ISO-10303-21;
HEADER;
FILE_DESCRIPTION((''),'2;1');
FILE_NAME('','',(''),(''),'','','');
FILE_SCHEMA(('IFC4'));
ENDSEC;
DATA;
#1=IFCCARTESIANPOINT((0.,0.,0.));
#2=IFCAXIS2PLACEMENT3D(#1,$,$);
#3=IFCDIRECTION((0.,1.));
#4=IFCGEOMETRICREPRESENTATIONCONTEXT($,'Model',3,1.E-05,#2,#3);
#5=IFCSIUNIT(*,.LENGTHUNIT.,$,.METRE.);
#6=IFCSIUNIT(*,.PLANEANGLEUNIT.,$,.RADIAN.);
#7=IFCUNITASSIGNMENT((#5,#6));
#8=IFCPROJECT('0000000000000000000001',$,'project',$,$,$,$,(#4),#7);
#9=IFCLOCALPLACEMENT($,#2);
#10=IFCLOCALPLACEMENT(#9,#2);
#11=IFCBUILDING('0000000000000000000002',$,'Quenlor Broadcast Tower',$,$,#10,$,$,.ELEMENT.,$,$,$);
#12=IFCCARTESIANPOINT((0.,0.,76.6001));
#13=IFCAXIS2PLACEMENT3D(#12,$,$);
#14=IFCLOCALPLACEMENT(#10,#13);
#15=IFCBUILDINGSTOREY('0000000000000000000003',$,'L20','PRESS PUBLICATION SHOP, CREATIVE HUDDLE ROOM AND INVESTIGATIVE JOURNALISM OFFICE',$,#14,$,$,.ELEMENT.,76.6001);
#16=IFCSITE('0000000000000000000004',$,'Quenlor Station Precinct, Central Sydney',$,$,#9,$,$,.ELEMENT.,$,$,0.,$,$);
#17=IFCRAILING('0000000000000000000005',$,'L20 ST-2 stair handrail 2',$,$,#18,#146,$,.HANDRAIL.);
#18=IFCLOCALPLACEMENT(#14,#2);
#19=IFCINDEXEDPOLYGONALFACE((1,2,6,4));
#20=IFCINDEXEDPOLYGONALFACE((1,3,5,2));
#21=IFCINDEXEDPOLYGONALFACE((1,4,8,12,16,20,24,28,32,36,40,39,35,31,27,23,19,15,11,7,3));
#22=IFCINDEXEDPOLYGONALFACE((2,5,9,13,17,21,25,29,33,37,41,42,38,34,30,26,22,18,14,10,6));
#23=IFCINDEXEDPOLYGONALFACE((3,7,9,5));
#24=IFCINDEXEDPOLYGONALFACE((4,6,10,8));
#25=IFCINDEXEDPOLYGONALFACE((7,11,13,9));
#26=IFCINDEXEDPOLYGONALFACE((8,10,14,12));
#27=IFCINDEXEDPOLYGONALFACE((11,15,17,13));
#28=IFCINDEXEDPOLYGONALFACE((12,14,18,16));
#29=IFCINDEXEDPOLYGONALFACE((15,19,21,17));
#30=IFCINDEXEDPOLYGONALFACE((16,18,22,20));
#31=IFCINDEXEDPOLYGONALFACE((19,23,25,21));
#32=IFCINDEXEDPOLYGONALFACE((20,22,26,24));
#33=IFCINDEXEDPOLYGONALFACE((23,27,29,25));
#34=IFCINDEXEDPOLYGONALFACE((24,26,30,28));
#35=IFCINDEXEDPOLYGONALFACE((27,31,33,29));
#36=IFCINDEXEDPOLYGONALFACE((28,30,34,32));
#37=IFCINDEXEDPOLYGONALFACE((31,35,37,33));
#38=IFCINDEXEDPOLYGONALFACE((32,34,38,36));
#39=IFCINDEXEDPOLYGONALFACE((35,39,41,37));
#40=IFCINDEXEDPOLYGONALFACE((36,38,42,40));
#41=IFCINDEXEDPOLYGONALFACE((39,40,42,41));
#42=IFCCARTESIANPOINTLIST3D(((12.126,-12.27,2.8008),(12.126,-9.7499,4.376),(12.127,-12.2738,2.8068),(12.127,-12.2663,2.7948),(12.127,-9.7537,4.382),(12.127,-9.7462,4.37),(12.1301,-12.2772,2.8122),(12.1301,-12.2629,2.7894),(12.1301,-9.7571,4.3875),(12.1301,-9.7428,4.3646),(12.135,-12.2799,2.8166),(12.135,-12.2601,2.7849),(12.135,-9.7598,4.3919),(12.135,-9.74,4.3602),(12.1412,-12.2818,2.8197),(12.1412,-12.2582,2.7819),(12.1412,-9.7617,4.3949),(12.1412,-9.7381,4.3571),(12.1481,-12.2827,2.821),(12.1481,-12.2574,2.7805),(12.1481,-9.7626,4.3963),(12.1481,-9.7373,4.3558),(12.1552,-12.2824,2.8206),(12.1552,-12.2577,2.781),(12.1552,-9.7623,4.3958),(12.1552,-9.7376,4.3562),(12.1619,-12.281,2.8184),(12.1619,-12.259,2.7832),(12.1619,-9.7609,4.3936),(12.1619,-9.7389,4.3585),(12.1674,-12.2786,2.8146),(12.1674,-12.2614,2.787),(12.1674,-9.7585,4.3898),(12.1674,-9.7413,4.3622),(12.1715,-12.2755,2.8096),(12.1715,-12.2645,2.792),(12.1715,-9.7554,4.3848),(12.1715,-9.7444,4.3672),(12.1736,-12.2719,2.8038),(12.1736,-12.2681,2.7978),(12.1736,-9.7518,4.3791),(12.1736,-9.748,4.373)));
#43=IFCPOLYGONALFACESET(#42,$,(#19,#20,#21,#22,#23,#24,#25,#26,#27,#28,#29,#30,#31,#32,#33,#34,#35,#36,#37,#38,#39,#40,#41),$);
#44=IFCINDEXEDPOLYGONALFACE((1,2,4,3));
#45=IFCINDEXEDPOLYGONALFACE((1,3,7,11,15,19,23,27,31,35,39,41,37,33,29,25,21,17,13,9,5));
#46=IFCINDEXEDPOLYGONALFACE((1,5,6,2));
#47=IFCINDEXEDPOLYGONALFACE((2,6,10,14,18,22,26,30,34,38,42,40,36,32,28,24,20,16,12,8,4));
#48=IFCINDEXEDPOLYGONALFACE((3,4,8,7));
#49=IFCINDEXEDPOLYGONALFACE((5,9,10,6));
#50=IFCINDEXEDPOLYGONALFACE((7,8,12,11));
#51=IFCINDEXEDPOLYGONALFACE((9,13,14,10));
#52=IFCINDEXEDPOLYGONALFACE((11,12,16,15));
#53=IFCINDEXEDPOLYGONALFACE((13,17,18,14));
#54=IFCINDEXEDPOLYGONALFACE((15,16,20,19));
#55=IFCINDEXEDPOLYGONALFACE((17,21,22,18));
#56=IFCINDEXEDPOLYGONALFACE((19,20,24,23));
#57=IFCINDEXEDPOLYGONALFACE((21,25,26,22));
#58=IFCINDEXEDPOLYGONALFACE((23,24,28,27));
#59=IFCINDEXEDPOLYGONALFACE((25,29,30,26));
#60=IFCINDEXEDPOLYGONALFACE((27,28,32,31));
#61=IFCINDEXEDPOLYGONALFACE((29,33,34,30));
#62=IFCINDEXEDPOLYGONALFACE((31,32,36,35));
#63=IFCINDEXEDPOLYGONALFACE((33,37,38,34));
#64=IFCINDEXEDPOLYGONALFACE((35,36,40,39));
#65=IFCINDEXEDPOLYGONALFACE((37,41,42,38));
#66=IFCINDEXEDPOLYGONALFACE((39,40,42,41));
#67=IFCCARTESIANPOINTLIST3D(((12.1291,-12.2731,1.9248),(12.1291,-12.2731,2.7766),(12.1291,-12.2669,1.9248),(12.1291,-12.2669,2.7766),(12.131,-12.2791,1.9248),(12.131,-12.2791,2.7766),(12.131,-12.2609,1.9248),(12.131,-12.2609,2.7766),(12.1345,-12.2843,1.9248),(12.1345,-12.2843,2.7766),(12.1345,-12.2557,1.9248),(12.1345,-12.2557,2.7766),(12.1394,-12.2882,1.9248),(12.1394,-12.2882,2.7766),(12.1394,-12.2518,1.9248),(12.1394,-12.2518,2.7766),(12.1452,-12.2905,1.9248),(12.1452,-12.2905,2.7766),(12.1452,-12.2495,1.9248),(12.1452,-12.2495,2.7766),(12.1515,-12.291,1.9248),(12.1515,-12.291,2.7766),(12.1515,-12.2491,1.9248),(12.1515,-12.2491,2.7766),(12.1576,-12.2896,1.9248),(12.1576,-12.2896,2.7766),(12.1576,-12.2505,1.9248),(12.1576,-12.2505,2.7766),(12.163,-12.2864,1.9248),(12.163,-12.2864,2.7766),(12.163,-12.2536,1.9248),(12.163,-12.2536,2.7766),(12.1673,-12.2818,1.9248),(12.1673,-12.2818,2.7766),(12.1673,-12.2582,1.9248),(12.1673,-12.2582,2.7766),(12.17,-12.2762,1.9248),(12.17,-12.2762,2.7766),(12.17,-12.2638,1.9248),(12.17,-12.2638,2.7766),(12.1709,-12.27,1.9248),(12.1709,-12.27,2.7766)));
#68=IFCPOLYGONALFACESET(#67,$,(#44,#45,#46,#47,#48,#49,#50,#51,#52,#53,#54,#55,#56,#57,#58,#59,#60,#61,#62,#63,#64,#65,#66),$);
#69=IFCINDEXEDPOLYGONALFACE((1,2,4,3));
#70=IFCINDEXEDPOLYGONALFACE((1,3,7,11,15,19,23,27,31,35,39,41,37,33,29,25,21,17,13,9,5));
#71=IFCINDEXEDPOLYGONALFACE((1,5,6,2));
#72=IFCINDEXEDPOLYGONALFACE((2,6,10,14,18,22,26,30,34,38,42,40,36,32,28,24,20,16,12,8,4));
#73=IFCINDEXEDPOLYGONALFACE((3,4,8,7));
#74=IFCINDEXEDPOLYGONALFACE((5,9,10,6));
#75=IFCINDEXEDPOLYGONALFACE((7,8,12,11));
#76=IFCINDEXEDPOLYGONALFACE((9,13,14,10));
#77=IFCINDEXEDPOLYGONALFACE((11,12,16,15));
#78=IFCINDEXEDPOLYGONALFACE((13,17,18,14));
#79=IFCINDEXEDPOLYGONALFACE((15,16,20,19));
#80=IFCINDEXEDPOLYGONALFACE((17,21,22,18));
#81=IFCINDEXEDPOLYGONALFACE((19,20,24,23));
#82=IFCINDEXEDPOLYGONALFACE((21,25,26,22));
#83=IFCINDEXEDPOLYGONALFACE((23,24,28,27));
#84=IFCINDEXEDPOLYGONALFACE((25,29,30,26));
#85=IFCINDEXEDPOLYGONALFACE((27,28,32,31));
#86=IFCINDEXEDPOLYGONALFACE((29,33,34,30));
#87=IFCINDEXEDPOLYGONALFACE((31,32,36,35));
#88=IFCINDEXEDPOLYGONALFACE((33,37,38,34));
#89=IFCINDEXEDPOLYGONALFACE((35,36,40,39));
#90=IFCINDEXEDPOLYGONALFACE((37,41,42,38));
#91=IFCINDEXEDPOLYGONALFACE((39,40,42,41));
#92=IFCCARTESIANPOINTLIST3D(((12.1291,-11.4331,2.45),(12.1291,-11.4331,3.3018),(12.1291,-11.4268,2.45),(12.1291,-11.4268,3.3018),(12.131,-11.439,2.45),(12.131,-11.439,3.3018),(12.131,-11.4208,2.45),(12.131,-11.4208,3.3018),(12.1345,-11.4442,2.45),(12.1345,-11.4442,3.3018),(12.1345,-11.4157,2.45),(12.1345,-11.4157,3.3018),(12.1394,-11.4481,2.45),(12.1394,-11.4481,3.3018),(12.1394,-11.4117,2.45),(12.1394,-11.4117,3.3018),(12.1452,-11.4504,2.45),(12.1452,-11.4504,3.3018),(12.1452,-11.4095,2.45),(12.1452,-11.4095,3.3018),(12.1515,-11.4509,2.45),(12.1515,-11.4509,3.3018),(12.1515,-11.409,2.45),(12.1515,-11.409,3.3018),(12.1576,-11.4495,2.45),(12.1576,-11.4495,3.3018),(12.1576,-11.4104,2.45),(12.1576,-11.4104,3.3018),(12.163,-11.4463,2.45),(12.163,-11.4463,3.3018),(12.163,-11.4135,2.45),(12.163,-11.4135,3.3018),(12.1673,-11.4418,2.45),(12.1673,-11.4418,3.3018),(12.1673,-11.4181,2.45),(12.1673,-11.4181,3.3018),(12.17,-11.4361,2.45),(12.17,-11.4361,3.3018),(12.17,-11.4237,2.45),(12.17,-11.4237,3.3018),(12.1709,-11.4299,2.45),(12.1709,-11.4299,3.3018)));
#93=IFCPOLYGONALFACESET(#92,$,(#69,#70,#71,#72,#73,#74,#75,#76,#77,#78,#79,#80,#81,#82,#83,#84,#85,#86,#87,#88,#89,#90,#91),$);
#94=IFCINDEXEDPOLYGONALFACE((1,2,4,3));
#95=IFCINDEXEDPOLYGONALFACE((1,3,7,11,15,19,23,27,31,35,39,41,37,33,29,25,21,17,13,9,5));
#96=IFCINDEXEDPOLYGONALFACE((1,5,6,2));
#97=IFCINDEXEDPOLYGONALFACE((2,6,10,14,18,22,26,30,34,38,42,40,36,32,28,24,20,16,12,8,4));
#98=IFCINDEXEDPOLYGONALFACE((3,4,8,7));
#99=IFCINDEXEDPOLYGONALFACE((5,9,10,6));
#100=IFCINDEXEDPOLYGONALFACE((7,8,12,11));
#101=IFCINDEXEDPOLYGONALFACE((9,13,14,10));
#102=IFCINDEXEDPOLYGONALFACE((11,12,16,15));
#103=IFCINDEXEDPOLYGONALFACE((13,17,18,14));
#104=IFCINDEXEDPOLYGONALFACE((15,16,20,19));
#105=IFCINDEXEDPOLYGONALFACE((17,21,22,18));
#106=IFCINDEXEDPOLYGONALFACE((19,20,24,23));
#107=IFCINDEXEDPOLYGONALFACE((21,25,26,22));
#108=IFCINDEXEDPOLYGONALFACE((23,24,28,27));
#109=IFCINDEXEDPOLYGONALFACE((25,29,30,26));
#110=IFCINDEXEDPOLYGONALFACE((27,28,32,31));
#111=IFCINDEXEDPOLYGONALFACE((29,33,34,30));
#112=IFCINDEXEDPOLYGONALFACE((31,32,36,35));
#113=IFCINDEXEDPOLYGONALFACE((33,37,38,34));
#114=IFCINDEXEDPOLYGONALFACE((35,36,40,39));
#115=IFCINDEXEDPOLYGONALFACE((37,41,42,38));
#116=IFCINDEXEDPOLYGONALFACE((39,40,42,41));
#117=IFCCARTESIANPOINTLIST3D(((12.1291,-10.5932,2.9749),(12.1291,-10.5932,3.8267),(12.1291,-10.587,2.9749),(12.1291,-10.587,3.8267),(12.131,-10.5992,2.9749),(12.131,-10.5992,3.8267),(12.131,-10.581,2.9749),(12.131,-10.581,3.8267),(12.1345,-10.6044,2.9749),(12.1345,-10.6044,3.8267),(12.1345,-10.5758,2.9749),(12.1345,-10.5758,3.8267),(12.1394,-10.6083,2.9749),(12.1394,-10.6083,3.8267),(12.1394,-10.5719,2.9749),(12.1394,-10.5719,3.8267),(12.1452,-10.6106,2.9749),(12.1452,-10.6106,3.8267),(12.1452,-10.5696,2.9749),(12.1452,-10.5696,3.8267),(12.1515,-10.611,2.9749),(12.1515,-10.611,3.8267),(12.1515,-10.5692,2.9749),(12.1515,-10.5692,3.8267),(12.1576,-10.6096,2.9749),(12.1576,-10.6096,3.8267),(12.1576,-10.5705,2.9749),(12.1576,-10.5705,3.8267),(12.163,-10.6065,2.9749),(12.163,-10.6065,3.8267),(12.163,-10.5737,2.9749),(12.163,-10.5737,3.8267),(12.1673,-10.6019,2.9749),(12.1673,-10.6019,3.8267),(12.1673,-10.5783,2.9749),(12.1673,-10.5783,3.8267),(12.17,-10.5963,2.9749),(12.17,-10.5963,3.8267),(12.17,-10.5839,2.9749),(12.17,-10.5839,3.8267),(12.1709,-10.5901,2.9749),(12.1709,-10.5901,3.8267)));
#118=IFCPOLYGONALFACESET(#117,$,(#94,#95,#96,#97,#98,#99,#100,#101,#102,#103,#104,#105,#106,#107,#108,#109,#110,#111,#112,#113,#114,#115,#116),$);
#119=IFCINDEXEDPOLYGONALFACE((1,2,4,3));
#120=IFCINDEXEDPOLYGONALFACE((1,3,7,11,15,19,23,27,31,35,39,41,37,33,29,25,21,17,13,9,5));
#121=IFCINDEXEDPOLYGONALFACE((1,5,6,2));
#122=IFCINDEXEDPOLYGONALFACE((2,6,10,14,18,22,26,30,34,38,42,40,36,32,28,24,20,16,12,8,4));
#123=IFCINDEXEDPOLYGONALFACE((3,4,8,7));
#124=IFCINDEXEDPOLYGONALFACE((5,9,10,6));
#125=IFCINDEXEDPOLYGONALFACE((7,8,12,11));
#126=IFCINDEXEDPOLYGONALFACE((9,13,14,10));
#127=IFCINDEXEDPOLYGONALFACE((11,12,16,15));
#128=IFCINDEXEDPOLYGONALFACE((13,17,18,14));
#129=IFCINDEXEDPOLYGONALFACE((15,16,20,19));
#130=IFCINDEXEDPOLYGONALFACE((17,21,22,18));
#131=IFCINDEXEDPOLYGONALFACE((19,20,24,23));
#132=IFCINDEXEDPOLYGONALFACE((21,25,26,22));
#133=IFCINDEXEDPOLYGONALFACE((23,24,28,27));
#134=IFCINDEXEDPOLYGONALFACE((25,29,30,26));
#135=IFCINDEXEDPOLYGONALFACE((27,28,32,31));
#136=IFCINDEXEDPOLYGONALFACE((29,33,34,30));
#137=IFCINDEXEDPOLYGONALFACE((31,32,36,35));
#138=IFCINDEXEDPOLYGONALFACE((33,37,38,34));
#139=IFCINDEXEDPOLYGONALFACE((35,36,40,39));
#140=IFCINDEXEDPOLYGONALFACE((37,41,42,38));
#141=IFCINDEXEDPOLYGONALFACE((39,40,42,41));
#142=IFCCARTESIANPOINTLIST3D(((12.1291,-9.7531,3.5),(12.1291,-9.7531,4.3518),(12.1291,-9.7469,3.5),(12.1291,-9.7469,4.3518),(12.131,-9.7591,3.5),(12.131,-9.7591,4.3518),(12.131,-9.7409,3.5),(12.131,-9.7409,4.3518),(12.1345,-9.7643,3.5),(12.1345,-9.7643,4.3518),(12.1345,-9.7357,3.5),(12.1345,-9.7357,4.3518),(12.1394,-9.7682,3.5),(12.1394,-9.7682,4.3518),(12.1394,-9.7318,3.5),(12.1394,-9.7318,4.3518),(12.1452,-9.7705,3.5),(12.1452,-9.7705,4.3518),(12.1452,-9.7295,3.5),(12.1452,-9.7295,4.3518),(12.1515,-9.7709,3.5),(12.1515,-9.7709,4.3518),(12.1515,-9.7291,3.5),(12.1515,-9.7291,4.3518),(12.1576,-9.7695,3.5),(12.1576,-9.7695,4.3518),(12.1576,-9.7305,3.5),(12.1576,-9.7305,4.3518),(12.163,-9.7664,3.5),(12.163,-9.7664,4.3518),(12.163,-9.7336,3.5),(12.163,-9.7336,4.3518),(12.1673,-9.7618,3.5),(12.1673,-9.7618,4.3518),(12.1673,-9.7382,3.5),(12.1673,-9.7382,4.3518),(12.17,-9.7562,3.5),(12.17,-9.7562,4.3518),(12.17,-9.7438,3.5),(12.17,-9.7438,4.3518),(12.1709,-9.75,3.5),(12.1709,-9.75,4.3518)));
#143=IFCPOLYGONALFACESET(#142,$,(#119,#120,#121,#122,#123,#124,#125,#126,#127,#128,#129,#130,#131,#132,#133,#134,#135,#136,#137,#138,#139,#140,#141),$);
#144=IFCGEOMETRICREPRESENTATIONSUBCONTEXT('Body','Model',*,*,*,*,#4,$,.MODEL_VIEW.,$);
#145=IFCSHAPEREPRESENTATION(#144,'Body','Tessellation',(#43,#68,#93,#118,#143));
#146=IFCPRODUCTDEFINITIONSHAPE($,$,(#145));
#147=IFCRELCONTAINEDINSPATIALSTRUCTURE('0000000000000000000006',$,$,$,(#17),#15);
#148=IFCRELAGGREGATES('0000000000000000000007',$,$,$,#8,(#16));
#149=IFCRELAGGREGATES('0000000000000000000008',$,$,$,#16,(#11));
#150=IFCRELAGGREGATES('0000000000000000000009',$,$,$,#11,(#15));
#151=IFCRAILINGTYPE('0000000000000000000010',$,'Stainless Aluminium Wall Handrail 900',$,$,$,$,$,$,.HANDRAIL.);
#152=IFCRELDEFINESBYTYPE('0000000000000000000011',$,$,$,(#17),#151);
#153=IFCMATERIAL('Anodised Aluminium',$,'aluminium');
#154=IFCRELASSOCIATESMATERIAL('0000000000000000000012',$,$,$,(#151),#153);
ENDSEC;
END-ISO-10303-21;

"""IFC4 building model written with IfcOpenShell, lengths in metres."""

from ifc_helpers import new_model, si_unit, direction, frame, origin, origin_2d, place, context, subcontext, project, spatial, circle, extrude, material, type_object, element, save


model = new_model("IFC4")

# Units and contexts
model_context = context("Model", 3, precision=1e-05, world=origin(), true_north=direction((0.0, 1.0)))
body_context = subcontext(model_context, "Body", "Model", "MODEL_VIEW")
ifc_project = project(units=[si_unit("LENGTHUNIT", "METRE"), si_unit("PLANEANGLEUNIT", "RADIAN")], contexts=[model_context])

# Site, building, storey
site_placement = place(None, origin())
site = spatial("IfcSite", under=ifc_project, at=site_placement, Name="Quenlor Station Precinct, Central Sydney", CompositionType="ELEMENT", RefElevation=0.0)
building_placement = place(site_placement, origin())
building = spatial("IfcBuilding", under=site, at=building_placement, Name="Quenlor Broadcast Tower", CompositionType="ELEMENT")
storey_placement = place(building_placement, frame((0.0, 0.0, 76.6001)))
storey = spatial("IfcBuildingStorey", under=building, at=storey_placement, Name="L20", Description="PRESS PUBLICATION SHOP, CREATIVE HUDDLE ROOM AND INVESTIGATIVE JOURNALISM OFFICE", CompositionType="ELEMENT", Elevation=76.6001)

# Railing
ifc_material_1 = material(Name="Anodised Aluminium", Category="aluminium")
railing_type_1 = type_object("IfcRailingType", Name="Stainless Aluminium Wall Handrail 900", PredefinedType="HANDRAIL", material=ifc_material_1)
railing_1_placement = place(storey_placement, frame((12.1499, -12.27, 1.9248)))
element("IfcRailing", 1, at=railing_1_placement, inside=storey, type_object=railing_type_1, Name="L20 ST-2 stair handrail 2", PredefinedType="HANDRAIL", context=body_context, shape_type="SweptSolid", body=[
    extrude(circle(Radius=0.0239, at=origin_2d()), frame((0.0, 0.0, 0.876), z_axis=(0.0, 0.847971, 0.530043), x_axis=(-1.0, 0.0, 0.0)), (0.0, 0.0, 1.0), 2.9719),
    extrude(circle(Radius=0.021, at=origin_2d()), origin(), (0.0, 0.0, 1.0), 0.8518),
    extrude(circle(Radius=0.021, at=origin_2d()), frame((0.0, 0.8401, 0.5251)), (0.0, 0.0, 1.0), 0.8518),
    extrude(circle(Radius=0.021, at=origin_2d()), frame((0.0, 1.6799, 1.05)), (0.0, 0.0, 1.0), 0.8518),
    extrude(circle(Radius=0.021, at=origin_2d()), frame((0.0, 2.52, 1.5752)), (0.0, 0.0, 1.0), 0.8518),
])

save(model, "model.ifc")
